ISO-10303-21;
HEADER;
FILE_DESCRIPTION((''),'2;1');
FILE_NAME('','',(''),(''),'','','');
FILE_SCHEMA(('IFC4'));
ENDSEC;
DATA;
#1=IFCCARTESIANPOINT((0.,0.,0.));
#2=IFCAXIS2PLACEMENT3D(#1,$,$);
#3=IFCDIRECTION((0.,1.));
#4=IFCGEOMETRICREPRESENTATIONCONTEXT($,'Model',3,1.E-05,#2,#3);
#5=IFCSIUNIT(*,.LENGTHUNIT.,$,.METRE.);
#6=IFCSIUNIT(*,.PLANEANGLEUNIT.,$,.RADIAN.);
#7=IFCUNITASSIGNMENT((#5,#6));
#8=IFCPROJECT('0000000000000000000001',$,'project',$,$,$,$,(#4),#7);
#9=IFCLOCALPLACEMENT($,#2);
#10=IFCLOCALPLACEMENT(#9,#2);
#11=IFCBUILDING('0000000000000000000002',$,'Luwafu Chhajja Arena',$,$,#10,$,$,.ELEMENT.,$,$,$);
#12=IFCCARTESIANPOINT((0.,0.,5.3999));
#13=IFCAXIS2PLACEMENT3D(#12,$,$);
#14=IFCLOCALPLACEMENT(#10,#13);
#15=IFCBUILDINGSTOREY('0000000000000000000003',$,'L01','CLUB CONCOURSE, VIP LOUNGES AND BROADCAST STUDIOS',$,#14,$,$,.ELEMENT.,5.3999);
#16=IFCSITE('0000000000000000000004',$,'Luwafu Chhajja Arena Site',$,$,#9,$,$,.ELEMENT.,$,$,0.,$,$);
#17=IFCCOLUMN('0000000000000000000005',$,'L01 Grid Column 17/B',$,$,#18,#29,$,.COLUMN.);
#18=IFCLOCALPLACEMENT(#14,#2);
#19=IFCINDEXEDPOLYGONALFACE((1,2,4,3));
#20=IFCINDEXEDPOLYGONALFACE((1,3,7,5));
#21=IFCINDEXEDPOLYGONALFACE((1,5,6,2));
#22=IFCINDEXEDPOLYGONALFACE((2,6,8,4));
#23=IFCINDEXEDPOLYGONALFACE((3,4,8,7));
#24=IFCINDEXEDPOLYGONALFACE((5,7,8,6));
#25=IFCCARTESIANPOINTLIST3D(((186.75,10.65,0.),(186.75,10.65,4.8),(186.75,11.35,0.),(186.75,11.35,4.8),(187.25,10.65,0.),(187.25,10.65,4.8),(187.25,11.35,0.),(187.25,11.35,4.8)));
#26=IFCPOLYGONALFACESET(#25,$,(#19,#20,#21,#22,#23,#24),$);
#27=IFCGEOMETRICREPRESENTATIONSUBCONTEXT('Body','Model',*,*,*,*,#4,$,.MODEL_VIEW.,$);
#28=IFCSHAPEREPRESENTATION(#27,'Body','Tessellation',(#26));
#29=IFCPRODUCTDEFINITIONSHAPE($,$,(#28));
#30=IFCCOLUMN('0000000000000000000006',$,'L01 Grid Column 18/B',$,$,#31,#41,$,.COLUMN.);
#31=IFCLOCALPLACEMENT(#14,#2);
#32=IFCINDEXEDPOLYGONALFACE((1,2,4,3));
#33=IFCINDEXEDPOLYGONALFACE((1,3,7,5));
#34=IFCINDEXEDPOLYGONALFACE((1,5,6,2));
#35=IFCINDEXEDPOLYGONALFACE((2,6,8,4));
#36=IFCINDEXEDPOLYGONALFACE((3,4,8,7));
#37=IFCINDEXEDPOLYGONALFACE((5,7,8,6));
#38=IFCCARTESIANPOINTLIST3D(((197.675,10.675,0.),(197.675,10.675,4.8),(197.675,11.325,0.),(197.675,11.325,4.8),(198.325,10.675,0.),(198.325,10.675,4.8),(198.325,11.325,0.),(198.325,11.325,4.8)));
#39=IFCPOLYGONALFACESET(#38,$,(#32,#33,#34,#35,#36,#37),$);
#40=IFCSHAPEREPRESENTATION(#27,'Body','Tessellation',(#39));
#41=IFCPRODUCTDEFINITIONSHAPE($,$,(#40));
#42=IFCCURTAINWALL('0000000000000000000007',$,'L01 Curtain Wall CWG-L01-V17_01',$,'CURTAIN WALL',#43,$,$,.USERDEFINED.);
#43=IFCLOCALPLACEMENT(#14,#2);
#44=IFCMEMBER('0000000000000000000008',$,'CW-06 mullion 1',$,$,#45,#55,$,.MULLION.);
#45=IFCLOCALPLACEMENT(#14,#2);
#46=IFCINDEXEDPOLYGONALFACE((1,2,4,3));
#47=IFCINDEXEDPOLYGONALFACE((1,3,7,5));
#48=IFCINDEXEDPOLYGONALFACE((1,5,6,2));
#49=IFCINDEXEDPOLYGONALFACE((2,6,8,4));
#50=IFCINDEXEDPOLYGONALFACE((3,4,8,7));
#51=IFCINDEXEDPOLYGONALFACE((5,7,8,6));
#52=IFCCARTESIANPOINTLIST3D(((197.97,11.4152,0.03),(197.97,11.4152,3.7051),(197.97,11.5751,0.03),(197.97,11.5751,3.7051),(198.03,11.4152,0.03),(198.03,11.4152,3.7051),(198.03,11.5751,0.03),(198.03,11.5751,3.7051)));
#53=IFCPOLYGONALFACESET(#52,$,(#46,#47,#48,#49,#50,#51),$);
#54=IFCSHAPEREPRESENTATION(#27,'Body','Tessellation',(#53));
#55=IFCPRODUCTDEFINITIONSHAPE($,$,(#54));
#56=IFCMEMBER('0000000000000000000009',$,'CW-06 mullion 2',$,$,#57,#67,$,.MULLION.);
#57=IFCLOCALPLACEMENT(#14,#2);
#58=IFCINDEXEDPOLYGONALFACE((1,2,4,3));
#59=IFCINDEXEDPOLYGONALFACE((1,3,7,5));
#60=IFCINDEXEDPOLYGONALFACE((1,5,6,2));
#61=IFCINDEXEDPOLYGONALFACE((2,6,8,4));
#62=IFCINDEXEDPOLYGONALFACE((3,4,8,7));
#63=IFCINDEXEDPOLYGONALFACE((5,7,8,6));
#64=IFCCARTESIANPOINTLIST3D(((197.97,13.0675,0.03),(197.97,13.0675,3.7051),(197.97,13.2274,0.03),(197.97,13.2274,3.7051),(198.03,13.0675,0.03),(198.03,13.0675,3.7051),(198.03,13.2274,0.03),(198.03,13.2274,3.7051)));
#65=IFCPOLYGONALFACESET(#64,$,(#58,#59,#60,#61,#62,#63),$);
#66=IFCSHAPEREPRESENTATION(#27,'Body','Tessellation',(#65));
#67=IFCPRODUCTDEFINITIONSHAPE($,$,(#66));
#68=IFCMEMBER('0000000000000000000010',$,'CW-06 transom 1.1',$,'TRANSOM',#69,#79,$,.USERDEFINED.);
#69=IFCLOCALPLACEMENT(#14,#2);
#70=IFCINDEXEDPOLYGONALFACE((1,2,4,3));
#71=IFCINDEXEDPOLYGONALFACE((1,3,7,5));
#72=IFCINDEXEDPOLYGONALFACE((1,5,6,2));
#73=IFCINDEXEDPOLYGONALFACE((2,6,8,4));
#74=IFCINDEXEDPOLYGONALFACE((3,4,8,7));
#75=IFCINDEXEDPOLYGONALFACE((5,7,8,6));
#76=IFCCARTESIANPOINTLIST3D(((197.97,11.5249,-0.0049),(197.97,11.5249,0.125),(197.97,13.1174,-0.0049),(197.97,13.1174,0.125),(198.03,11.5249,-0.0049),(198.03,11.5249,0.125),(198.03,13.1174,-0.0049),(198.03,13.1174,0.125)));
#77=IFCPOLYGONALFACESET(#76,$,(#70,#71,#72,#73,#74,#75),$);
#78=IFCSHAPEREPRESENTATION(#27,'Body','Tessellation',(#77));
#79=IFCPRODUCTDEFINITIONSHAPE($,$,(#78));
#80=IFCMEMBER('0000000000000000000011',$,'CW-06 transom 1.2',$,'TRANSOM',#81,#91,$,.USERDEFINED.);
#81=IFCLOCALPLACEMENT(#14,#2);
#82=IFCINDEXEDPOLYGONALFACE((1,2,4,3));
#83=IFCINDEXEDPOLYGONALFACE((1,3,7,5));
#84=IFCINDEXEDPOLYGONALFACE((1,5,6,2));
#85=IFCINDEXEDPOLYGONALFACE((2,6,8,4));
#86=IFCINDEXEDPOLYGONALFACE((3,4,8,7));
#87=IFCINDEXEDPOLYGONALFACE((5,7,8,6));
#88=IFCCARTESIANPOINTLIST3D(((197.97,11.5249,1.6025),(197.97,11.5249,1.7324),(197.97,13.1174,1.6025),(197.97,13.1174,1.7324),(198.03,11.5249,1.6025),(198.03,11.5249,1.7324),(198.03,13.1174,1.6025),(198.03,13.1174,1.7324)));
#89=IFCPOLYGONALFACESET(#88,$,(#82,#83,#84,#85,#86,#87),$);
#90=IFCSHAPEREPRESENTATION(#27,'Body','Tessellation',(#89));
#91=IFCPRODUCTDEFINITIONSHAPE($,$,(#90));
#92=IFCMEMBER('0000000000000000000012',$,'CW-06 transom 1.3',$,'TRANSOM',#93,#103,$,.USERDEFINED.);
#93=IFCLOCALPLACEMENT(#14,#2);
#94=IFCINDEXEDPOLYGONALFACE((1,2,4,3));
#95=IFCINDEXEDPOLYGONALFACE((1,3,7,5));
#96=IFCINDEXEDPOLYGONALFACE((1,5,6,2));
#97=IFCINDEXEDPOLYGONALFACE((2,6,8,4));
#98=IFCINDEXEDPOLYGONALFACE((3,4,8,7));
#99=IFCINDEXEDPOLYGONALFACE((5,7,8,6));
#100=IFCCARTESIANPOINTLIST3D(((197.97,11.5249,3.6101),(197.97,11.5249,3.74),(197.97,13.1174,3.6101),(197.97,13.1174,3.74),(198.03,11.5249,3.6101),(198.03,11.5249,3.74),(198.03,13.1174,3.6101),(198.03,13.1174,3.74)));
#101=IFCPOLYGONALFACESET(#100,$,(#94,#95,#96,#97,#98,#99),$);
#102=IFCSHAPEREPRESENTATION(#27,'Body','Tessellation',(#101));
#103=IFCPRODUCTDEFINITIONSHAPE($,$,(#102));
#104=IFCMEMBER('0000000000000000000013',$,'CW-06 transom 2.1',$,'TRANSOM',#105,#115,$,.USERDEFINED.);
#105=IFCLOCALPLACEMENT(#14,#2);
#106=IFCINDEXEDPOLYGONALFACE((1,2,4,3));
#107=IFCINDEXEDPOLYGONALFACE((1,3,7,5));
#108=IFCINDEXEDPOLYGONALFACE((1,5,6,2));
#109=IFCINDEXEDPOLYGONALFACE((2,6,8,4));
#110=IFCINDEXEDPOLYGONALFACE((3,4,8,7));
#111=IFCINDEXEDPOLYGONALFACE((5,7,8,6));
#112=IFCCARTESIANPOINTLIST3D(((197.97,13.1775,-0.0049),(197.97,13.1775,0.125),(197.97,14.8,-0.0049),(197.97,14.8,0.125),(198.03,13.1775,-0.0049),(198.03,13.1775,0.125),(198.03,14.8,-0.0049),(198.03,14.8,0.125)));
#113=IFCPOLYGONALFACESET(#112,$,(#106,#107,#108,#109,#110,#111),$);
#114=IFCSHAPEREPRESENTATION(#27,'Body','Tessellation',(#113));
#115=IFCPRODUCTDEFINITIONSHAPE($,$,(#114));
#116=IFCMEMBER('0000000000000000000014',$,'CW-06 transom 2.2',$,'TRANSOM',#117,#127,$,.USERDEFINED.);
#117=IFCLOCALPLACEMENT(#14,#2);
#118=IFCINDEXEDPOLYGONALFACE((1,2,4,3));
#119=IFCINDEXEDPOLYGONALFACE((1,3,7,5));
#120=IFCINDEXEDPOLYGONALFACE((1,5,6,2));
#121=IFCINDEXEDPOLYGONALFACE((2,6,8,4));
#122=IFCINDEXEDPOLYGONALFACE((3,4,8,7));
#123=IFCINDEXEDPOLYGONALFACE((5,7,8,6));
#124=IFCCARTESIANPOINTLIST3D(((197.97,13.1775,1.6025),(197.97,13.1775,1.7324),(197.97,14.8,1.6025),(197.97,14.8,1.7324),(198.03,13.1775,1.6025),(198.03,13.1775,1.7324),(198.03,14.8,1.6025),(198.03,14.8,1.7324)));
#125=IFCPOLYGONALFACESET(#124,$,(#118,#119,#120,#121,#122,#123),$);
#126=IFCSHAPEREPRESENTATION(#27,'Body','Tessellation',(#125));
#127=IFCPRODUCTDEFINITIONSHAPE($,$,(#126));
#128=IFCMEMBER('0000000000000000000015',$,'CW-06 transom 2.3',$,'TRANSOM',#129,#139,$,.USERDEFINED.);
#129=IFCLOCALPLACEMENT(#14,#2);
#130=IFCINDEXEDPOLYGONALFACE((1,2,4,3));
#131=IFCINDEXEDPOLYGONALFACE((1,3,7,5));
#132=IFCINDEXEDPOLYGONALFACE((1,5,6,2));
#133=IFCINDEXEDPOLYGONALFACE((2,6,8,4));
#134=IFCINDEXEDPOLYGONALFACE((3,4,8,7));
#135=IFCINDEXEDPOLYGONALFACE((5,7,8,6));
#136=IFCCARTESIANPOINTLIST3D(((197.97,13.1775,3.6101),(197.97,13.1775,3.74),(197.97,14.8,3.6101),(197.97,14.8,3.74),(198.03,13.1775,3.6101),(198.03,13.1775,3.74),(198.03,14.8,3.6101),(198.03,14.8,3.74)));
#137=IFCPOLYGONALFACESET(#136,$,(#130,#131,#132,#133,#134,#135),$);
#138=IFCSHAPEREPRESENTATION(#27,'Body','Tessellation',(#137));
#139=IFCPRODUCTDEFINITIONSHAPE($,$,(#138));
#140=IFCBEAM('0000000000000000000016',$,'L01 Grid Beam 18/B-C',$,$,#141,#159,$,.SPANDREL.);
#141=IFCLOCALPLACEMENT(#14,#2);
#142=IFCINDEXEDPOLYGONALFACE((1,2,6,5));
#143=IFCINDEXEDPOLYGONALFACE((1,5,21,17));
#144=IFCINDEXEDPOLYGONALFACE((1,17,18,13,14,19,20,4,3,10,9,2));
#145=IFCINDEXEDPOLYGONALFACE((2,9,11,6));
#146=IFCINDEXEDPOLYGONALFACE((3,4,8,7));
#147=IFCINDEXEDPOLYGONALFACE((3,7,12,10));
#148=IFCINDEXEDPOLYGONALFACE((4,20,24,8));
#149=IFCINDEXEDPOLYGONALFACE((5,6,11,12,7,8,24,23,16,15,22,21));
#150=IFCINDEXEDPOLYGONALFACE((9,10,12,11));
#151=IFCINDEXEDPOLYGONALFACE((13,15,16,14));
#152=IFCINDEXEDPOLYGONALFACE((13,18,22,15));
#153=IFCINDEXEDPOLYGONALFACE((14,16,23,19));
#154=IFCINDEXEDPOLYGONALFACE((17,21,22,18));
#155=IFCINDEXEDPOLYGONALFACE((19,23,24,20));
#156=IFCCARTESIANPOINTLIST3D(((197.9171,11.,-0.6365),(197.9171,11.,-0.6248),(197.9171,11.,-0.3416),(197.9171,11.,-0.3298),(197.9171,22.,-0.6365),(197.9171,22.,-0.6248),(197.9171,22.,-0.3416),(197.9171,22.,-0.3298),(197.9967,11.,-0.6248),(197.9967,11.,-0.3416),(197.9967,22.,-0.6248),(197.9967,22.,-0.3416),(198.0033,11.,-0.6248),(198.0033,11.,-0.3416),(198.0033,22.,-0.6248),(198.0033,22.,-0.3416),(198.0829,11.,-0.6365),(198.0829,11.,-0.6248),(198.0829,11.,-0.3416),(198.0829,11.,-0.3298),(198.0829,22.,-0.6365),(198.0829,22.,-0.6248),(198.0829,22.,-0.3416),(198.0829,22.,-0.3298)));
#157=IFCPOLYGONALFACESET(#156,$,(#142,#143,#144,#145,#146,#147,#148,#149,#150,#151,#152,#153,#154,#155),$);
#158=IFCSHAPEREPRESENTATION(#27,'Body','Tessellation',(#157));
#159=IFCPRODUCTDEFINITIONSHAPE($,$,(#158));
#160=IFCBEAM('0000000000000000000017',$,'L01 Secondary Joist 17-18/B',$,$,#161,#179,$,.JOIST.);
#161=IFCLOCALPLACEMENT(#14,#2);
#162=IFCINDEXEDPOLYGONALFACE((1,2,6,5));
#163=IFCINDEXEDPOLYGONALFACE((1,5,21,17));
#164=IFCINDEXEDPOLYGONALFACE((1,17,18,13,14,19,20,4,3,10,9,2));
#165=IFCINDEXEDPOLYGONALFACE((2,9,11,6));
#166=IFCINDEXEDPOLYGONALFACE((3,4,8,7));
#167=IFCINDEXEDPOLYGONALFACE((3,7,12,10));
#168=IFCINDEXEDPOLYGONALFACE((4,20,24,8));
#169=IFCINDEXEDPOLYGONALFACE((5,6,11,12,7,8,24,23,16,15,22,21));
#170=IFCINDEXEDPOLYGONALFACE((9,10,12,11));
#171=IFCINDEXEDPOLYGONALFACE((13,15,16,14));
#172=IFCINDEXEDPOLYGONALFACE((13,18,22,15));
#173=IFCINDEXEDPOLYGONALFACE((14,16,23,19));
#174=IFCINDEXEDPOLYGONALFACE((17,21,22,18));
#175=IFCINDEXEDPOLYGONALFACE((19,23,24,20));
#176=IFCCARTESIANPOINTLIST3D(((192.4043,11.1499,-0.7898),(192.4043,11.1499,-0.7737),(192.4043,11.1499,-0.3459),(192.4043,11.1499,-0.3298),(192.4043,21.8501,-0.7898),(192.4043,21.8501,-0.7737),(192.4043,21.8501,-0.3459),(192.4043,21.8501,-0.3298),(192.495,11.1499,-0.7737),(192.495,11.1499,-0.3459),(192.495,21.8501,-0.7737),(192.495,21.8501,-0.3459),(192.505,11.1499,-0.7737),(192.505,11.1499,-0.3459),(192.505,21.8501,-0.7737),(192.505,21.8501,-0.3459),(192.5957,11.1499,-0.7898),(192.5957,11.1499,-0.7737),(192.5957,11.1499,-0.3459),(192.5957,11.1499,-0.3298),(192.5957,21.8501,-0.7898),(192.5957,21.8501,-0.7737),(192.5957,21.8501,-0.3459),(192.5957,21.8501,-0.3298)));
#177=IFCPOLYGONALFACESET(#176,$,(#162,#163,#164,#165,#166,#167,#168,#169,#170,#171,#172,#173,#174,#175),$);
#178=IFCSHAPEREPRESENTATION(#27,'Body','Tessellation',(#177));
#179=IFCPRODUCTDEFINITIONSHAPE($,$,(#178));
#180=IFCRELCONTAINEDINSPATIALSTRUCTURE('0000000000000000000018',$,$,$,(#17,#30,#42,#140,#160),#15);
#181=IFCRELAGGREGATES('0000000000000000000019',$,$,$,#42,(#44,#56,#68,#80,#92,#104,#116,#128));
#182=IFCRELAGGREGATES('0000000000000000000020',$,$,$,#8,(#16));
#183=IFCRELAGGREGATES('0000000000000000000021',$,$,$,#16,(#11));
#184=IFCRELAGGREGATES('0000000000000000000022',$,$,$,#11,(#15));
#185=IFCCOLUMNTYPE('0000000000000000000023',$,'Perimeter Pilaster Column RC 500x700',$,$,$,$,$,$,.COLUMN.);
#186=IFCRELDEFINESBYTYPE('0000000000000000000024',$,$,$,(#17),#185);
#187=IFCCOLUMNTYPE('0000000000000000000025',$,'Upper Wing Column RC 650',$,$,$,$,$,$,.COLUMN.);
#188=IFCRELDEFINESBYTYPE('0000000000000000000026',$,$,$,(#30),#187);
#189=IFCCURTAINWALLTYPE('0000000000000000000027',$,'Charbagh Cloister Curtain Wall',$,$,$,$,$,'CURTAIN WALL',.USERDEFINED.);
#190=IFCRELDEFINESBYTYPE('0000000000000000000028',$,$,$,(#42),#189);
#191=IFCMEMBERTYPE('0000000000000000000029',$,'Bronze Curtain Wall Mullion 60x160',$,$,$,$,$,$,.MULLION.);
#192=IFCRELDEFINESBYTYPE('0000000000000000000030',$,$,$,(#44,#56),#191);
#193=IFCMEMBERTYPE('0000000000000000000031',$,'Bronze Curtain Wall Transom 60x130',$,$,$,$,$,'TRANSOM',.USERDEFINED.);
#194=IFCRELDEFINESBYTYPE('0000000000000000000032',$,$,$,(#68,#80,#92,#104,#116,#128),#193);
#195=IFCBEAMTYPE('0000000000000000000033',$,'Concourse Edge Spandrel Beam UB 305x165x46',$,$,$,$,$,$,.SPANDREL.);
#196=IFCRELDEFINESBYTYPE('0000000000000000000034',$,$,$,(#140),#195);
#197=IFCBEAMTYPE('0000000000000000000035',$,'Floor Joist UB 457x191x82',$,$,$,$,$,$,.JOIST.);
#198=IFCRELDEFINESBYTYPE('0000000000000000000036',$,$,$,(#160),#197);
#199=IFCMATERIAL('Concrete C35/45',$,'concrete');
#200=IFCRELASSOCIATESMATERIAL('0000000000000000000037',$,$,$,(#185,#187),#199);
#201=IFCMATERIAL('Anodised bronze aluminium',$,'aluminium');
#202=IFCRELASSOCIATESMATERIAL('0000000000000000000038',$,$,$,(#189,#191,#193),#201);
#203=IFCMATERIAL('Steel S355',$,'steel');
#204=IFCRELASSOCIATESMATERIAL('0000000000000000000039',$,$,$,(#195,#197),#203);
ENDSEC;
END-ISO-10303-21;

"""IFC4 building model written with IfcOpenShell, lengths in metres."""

from ifc_helpers import new_model, si_unit, direction, frame, origin, origin_2d, place, context, subcontext, project, spatial, rectangle, i_section, extrude, material, material_profile, profile_set, type_object, element, aggregate, save


model = new_model("IFC4")

# Units and contexts
model_context = context("Model", 3, precision=1e-05, world=origin(), true_north=direction((0.0, 1.0)))
body_context = subcontext(model_context, "Body", "Model", "MODEL_VIEW")
ifc_project = project(units=[si_unit("LENGTHUNIT", "METRE"), si_unit("PLANEANGLEUNIT", "RADIAN")], contexts=[model_context])

# Site, building, storey
site_placement = place(None, origin())
site = spatial("IfcSite", under=ifc_project, at=site_placement, Name="Luwafu Chhajja Arena Site", CompositionType="ELEMENT", RefElevation=0.0)
building_placement = place(site_placement, origin())
building = spatial("IfcBuilding", under=site, at=building_placement, Name="Luwafu Chhajja Arena", CompositionType="ELEMENT")
storey_placement = place(building_placement, frame((0.0, 0.0, 5.3999)))
storey = spatial("IfcBuildingStorey", under=building, at=storey_placement, Name="L01", Description="CLUB CONCOURSE, VIP LOUNGES AND BROADCAST STUDIOS", CompositionType="ELEMENT", Elevation=5.3999)

# Columns
ifc_material_1 = material(Name="Concrete C35/45", Category="concrete")
ifc_material_profile_1 = material_profile(ifc_material_1, rectangle(XDim=0.5, YDim=0.7, at=origin_2d()), Name="RC 500x700")
ifc_profile_set_1 = profile_set([ifc_material_profile_1], Name="Concrete C35/45")
column_type_1 = type_object("IfcColumnType", Name="Perimeter Pilaster Column RC 500x700", PredefinedType="COLUMN", material=ifc_profile_set_1)
column_1_placement = place(storey_placement, frame((187.0, 11.0, 0.0), z_axis=(0.0, 0.0, 1.0), x_axis=(1.0, 0.0, 0.0)))
element("IfcColumn", 1, at=column_1_placement, inside=storey, type_object=column_type_1, Name="L01 Grid Column 17/B", PredefinedType="COLUMN", context=body_context, shape_type="SweptSolid", body=[
    extrude(rectangle(XDim=0.5, YDim=0.7, at=origin_2d()), origin(), (0.0, 0.0, 1.0), 4.8),
])
ifc_material_profile_2 = material_profile(ifc_material_1, rectangle(XDim=0.6499, YDim=0.6499, at=origin_2d()), Name="RC 650x650")
ifc_profile_set_2 = profile_set([ifc_material_profile_2], Name="Concrete C35/45")
column_type_2 = type_object("IfcColumnType", Name="Upper Wing Column RC 650", PredefinedType="COLUMN", material=ifc_profile_set_2)
column_2_placement = place(storey_placement, frame((198.0, 11.0, 0.0), z_axis=(0.0, 0.0, 1.0), x_axis=(1.0, 0.0, 0.0)))
element("IfcColumn", 2, at=column_2_placement, inside=storey, type_object=column_type_2, Name="L01 Grid Column 18/B", PredefinedType="COLUMN", context=body_context, shape_type="SweptSolid", body=[
    extrude(rectangle(XDim=0.6499, YDim=0.6499, at=origin_2d()), origin(), (0.0, 0.0, 1.0), 4.8),
])

# Curtain wall, members
ifc_material_2 = material(Name="Anodised bronze aluminium", Category="aluminium")
curtain_wall_type = type_object("IfcCurtainWallType", Name="Charbagh Cloister Curtain Wall", ElementType="CURTAIN WALL", PredefinedType="USERDEFINED", material=ifc_material_2)
curtain_wall_placement = place(storey_placement, origin())
curtain_wall = element("IfcCurtainWall", 3, at=curtain_wall_placement, inside=storey, type_object=curtain_wall_type, Name="L01 Curtain Wall CWG-L01-V17_01", ObjectType="CURTAIN WALL", PredefinedType="USERDEFINED")
ifc_material_profile_3 = material_profile(ifc_material_2, rectangle(XDim=0.0601, YDim=0.1599, at=origin_2d()), Name="CWM 60x160")
ifc_profile_set_3 = profile_set([ifc_material_profile_3], Name="Anodised bronze aluminium")
member_type_1 = type_object("IfcMemberType", Name="Bronze Curtain Wall Mullion 60x160", PredefinedType="MULLION", material=ifc_profile_set_3)
member_1_placement = place(storey_placement, frame((198.0, 11.4951, 0.03), z_axis=(0.0, 0.0, 1.0), x_axis=(-1.0, 0.0, 0.0)))
member_1 = element("IfcMember", 4, at=member_1_placement, type_object=member_type_1, Name="CW-06 mullion 1", PredefinedType="MULLION", context=body_context, shape_type="SweptSolid", body=[
    extrude(rectangle(XDim=0.0601, YDim=0.1599, at=origin_2d()), origin(), (0.0, 0.0, 1.0), 3.675),
])
member_2_placement = place(storey_placement, frame((198.0, 13.1475, 0.03), z_axis=(0.0, 0.0, 1.0), x_axis=(-1.0, 0.0, 0.0)))
member_2 = element("IfcMember", 5, at=member_2_placement, type_object=member_type_1, Name="CW-06 mullion 2", PredefinedType="MULLION", context=body_context, shape_type="SweptSolid", body=[
    extrude(rectangle(XDim=0.0601, YDim=0.1599, at=origin_2d()), origin(), (0.0, 0.0, 1.0), 3.675),
])
ifc_material_profile_4 = material_profile(ifc_material_2, rectangle(XDim=0.0601, YDim=0.1299, at=origin_2d()), Name="CWT 60x130")
ifc_profile_set_4 = profile_set([ifc_material_profile_4], Name="Anodised bronze aluminium")
member_type_2 = type_object("IfcMemberType", Name="Bronze Curtain Wall Transom 60x130", ElementType="TRANSOM", PredefinedType="USERDEFINED", material=ifc_profile_set_4)
member_3_placement = place(storey_placement, frame((198.0, 11.5249, 0.0601), z_axis=(0.0, 1.0, 0.0), x_axis=(-1.0, 0.0, 0.0)))
member_3 = element("IfcMember", 6, at=member_3_placement, type_object=member_type_2, Name="CW-06 transom 1.1", ObjectType="TRANSOM", PredefinedType="USERDEFINED", context=body_context, shape_type="SweptSolid", body=[
    extrude(rectangle(XDim=0.0601, YDim=0.1299, at=origin_2d()), origin(), (0.0, 0.0, 1.0), 1.5925),
])
member_4_placement = place(storey_placement, frame((198.0, 11.5249, 1.6675), z_axis=(0.0, 1.0, 0.0), x_axis=(-1.0, 0.0, 0.0)))
member_4 = element("IfcMember", 7, at=member_4_placement, type_object=member_type_2, Name="CW-06 transom 1.2", ObjectType="TRANSOM", PredefinedType="USERDEFINED", context=body_context, shape_type="SweptSolid", body=[
    extrude(rectangle(XDim=0.0601, YDim=0.1299, at=origin_2d()), origin(), (0.0, 0.0, 1.0), 1.5925),
])
member_5_placement = place(storey_placement, frame((198.0, 11.5249, 3.675), z_axis=(0.0, 1.0, 0.0), x_axis=(-1.0, 0.0, 0.0)))
member_5 = element("IfcMember", 8, at=member_5_placement, type_object=member_type_2, Name="CW-06 transom 1.3", ObjectType="TRANSOM", PredefinedType="USERDEFINED", context=body_context, shape_type="SweptSolid", body=[
    extrude(rectangle(XDim=0.0601, YDim=0.1299, at=origin_2d()), origin(), (0.0, 0.0, 1.0), 1.5925),
])
member_6_placement = place(storey_placement, frame((198.0, 13.1775, 0.0601), z_axis=(0.0, 1.0, 0.0), x_axis=(-1.0, 0.0, 0.0)))
member_6 = element("IfcMember", 9, at=member_6_placement, type_object=member_type_2, Name="CW-06 transom 2.1", ObjectType="TRANSOM", PredefinedType="USERDEFINED", context=body_context, shape_type="SweptSolid", body=[
    extrude(rectangle(XDim=0.0601, YDim=0.1299, at=origin_2d()), origin(), (0.0, 0.0, 1.0), 1.6226),
])
member_7_placement = place(storey_placement, frame((198.0, 13.1775, 1.6675), z_axis=(0.0, 1.0, 0.0), x_axis=(-1.0, 0.0, 0.0)))
member_7 = element("IfcMember", 10, at=member_7_placement, type_object=member_type_2, Name="CW-06 transom 2.2", ObjectType="TRANSOM", PredefinedType="USERDEFINED", context=body_context, shape_type="SweptSolid", body=[
    extrude(rectangle(XDim=0.0601, YDim=0.1299, at=origin_2d()), origin(), (0.0, 0.0, 1.0), 1.6226),
])
member_8_placement = place(storey_placement, frame((198.0, 13.1775, 3.675), z_axis=(0.0, 1.0, 0.0), x_axis=(-1.0, 0.0, 0.0)))
member_8 = element("IfcMember", 11, at=member_8_placement, type_object=member_type_2, Name="CW-06 transom 2.3", ObjectType="TRANSOM", PredefinedType="USERDEFINED", context=body_context, shape_type="SweptSolid", body=[
    extrude(rectangle(XDim=0.0601, YDim=0.1299, at=origin_2d()), origin(), (0.0, 0.0, 1.0), 1.6226),
])

# Beams
ifc_material_3 = material(Name="Steel S355", Category="steel")
ifc_material_profile_5 = material_profile(ifc_material_3, i_section(OverallWidth=0.1658, OverallDepth=0.3066, WebThickness=0.0066, FlangeThickness=0.0117, at=origin_2d()), Name="UB 305x165x46")
ifc_profile_set_5 = profile_set([ifc_material_profile_5], Name="Steel S355")
beam_type_1 = type_object("IfcBeamType", Name="Concourse Edge Spandrel Beam UB 305x165x46", PredefinedType="SPANDREL", material=ifc_profile_set_5)
beam_1_placement = place(storey_placement, frame((198.0, 11.0, -0.4832), z_axis=(0.0, 1.0, 0.0), x_axis=(-1.0, 0.0, 0.0)))
element("IfcBeam", 12, at=beam_1_placement, inside=storey, type_object=beam_type_1, Name="L01 Grid Beam 18/B-C", PredefinedType="SPANDREL", context=body_context, shape_type="SweptSolid", body=[
    extrude(i_section(OverallWidth=0.1658, OverallDepth=0.3066, WebThickness=0.0066, FlangeThickness=0.0117, at=origin_2d()), origin(), (0.0, 0.0, 1.0), 11.0),
])
ifc_material_profile_6 = material_profile(ifc_material_3, i_section(OverallWidth=0.1914, OverallDepth=0.46, WebThickness=0.01, FlangeThickness=0.0161, at=origin_2d()), Name="UB 457x191x82")
ifc_profile_set_6 = profile_set([ifc_material_profile_6], Name="Steel S355")
beam_type_2 = type_object("IfcBeamType", Name="Floor Joist UB 457x191x82", PredefinedType="JOIST", material=ifc_profile_set_6)
beam_2_placement = place(storey_placement, frame((192.5, 11.1499, -0.5598), z_axis=(0.0, 1.0, 0.0), x_axis=(-1.0, 0.0, 0.0)))
element("IfcBeam", 13, at=beam_2_placement, inside=storey, type_object=beam_type_2, Name="L01 Secondary Joist 17-18/B", PredefinedType="JOIST", context=body_context, shape_type="SweptSolid", body=[
    extrude(i_section(OverallWidth=0.1914, OverallDepth=0.46, WebThickness=0.01, FlangeThickness=0.0161, at=origin_2d()), origin(), (0.0, 0.0, 1.0), 10.7002),
])

aggregate(curtain_wall, [member_1, member_2, member_3, member_4, member_5, member_6, member_7, member_8])

save(model, "model.ifc")
